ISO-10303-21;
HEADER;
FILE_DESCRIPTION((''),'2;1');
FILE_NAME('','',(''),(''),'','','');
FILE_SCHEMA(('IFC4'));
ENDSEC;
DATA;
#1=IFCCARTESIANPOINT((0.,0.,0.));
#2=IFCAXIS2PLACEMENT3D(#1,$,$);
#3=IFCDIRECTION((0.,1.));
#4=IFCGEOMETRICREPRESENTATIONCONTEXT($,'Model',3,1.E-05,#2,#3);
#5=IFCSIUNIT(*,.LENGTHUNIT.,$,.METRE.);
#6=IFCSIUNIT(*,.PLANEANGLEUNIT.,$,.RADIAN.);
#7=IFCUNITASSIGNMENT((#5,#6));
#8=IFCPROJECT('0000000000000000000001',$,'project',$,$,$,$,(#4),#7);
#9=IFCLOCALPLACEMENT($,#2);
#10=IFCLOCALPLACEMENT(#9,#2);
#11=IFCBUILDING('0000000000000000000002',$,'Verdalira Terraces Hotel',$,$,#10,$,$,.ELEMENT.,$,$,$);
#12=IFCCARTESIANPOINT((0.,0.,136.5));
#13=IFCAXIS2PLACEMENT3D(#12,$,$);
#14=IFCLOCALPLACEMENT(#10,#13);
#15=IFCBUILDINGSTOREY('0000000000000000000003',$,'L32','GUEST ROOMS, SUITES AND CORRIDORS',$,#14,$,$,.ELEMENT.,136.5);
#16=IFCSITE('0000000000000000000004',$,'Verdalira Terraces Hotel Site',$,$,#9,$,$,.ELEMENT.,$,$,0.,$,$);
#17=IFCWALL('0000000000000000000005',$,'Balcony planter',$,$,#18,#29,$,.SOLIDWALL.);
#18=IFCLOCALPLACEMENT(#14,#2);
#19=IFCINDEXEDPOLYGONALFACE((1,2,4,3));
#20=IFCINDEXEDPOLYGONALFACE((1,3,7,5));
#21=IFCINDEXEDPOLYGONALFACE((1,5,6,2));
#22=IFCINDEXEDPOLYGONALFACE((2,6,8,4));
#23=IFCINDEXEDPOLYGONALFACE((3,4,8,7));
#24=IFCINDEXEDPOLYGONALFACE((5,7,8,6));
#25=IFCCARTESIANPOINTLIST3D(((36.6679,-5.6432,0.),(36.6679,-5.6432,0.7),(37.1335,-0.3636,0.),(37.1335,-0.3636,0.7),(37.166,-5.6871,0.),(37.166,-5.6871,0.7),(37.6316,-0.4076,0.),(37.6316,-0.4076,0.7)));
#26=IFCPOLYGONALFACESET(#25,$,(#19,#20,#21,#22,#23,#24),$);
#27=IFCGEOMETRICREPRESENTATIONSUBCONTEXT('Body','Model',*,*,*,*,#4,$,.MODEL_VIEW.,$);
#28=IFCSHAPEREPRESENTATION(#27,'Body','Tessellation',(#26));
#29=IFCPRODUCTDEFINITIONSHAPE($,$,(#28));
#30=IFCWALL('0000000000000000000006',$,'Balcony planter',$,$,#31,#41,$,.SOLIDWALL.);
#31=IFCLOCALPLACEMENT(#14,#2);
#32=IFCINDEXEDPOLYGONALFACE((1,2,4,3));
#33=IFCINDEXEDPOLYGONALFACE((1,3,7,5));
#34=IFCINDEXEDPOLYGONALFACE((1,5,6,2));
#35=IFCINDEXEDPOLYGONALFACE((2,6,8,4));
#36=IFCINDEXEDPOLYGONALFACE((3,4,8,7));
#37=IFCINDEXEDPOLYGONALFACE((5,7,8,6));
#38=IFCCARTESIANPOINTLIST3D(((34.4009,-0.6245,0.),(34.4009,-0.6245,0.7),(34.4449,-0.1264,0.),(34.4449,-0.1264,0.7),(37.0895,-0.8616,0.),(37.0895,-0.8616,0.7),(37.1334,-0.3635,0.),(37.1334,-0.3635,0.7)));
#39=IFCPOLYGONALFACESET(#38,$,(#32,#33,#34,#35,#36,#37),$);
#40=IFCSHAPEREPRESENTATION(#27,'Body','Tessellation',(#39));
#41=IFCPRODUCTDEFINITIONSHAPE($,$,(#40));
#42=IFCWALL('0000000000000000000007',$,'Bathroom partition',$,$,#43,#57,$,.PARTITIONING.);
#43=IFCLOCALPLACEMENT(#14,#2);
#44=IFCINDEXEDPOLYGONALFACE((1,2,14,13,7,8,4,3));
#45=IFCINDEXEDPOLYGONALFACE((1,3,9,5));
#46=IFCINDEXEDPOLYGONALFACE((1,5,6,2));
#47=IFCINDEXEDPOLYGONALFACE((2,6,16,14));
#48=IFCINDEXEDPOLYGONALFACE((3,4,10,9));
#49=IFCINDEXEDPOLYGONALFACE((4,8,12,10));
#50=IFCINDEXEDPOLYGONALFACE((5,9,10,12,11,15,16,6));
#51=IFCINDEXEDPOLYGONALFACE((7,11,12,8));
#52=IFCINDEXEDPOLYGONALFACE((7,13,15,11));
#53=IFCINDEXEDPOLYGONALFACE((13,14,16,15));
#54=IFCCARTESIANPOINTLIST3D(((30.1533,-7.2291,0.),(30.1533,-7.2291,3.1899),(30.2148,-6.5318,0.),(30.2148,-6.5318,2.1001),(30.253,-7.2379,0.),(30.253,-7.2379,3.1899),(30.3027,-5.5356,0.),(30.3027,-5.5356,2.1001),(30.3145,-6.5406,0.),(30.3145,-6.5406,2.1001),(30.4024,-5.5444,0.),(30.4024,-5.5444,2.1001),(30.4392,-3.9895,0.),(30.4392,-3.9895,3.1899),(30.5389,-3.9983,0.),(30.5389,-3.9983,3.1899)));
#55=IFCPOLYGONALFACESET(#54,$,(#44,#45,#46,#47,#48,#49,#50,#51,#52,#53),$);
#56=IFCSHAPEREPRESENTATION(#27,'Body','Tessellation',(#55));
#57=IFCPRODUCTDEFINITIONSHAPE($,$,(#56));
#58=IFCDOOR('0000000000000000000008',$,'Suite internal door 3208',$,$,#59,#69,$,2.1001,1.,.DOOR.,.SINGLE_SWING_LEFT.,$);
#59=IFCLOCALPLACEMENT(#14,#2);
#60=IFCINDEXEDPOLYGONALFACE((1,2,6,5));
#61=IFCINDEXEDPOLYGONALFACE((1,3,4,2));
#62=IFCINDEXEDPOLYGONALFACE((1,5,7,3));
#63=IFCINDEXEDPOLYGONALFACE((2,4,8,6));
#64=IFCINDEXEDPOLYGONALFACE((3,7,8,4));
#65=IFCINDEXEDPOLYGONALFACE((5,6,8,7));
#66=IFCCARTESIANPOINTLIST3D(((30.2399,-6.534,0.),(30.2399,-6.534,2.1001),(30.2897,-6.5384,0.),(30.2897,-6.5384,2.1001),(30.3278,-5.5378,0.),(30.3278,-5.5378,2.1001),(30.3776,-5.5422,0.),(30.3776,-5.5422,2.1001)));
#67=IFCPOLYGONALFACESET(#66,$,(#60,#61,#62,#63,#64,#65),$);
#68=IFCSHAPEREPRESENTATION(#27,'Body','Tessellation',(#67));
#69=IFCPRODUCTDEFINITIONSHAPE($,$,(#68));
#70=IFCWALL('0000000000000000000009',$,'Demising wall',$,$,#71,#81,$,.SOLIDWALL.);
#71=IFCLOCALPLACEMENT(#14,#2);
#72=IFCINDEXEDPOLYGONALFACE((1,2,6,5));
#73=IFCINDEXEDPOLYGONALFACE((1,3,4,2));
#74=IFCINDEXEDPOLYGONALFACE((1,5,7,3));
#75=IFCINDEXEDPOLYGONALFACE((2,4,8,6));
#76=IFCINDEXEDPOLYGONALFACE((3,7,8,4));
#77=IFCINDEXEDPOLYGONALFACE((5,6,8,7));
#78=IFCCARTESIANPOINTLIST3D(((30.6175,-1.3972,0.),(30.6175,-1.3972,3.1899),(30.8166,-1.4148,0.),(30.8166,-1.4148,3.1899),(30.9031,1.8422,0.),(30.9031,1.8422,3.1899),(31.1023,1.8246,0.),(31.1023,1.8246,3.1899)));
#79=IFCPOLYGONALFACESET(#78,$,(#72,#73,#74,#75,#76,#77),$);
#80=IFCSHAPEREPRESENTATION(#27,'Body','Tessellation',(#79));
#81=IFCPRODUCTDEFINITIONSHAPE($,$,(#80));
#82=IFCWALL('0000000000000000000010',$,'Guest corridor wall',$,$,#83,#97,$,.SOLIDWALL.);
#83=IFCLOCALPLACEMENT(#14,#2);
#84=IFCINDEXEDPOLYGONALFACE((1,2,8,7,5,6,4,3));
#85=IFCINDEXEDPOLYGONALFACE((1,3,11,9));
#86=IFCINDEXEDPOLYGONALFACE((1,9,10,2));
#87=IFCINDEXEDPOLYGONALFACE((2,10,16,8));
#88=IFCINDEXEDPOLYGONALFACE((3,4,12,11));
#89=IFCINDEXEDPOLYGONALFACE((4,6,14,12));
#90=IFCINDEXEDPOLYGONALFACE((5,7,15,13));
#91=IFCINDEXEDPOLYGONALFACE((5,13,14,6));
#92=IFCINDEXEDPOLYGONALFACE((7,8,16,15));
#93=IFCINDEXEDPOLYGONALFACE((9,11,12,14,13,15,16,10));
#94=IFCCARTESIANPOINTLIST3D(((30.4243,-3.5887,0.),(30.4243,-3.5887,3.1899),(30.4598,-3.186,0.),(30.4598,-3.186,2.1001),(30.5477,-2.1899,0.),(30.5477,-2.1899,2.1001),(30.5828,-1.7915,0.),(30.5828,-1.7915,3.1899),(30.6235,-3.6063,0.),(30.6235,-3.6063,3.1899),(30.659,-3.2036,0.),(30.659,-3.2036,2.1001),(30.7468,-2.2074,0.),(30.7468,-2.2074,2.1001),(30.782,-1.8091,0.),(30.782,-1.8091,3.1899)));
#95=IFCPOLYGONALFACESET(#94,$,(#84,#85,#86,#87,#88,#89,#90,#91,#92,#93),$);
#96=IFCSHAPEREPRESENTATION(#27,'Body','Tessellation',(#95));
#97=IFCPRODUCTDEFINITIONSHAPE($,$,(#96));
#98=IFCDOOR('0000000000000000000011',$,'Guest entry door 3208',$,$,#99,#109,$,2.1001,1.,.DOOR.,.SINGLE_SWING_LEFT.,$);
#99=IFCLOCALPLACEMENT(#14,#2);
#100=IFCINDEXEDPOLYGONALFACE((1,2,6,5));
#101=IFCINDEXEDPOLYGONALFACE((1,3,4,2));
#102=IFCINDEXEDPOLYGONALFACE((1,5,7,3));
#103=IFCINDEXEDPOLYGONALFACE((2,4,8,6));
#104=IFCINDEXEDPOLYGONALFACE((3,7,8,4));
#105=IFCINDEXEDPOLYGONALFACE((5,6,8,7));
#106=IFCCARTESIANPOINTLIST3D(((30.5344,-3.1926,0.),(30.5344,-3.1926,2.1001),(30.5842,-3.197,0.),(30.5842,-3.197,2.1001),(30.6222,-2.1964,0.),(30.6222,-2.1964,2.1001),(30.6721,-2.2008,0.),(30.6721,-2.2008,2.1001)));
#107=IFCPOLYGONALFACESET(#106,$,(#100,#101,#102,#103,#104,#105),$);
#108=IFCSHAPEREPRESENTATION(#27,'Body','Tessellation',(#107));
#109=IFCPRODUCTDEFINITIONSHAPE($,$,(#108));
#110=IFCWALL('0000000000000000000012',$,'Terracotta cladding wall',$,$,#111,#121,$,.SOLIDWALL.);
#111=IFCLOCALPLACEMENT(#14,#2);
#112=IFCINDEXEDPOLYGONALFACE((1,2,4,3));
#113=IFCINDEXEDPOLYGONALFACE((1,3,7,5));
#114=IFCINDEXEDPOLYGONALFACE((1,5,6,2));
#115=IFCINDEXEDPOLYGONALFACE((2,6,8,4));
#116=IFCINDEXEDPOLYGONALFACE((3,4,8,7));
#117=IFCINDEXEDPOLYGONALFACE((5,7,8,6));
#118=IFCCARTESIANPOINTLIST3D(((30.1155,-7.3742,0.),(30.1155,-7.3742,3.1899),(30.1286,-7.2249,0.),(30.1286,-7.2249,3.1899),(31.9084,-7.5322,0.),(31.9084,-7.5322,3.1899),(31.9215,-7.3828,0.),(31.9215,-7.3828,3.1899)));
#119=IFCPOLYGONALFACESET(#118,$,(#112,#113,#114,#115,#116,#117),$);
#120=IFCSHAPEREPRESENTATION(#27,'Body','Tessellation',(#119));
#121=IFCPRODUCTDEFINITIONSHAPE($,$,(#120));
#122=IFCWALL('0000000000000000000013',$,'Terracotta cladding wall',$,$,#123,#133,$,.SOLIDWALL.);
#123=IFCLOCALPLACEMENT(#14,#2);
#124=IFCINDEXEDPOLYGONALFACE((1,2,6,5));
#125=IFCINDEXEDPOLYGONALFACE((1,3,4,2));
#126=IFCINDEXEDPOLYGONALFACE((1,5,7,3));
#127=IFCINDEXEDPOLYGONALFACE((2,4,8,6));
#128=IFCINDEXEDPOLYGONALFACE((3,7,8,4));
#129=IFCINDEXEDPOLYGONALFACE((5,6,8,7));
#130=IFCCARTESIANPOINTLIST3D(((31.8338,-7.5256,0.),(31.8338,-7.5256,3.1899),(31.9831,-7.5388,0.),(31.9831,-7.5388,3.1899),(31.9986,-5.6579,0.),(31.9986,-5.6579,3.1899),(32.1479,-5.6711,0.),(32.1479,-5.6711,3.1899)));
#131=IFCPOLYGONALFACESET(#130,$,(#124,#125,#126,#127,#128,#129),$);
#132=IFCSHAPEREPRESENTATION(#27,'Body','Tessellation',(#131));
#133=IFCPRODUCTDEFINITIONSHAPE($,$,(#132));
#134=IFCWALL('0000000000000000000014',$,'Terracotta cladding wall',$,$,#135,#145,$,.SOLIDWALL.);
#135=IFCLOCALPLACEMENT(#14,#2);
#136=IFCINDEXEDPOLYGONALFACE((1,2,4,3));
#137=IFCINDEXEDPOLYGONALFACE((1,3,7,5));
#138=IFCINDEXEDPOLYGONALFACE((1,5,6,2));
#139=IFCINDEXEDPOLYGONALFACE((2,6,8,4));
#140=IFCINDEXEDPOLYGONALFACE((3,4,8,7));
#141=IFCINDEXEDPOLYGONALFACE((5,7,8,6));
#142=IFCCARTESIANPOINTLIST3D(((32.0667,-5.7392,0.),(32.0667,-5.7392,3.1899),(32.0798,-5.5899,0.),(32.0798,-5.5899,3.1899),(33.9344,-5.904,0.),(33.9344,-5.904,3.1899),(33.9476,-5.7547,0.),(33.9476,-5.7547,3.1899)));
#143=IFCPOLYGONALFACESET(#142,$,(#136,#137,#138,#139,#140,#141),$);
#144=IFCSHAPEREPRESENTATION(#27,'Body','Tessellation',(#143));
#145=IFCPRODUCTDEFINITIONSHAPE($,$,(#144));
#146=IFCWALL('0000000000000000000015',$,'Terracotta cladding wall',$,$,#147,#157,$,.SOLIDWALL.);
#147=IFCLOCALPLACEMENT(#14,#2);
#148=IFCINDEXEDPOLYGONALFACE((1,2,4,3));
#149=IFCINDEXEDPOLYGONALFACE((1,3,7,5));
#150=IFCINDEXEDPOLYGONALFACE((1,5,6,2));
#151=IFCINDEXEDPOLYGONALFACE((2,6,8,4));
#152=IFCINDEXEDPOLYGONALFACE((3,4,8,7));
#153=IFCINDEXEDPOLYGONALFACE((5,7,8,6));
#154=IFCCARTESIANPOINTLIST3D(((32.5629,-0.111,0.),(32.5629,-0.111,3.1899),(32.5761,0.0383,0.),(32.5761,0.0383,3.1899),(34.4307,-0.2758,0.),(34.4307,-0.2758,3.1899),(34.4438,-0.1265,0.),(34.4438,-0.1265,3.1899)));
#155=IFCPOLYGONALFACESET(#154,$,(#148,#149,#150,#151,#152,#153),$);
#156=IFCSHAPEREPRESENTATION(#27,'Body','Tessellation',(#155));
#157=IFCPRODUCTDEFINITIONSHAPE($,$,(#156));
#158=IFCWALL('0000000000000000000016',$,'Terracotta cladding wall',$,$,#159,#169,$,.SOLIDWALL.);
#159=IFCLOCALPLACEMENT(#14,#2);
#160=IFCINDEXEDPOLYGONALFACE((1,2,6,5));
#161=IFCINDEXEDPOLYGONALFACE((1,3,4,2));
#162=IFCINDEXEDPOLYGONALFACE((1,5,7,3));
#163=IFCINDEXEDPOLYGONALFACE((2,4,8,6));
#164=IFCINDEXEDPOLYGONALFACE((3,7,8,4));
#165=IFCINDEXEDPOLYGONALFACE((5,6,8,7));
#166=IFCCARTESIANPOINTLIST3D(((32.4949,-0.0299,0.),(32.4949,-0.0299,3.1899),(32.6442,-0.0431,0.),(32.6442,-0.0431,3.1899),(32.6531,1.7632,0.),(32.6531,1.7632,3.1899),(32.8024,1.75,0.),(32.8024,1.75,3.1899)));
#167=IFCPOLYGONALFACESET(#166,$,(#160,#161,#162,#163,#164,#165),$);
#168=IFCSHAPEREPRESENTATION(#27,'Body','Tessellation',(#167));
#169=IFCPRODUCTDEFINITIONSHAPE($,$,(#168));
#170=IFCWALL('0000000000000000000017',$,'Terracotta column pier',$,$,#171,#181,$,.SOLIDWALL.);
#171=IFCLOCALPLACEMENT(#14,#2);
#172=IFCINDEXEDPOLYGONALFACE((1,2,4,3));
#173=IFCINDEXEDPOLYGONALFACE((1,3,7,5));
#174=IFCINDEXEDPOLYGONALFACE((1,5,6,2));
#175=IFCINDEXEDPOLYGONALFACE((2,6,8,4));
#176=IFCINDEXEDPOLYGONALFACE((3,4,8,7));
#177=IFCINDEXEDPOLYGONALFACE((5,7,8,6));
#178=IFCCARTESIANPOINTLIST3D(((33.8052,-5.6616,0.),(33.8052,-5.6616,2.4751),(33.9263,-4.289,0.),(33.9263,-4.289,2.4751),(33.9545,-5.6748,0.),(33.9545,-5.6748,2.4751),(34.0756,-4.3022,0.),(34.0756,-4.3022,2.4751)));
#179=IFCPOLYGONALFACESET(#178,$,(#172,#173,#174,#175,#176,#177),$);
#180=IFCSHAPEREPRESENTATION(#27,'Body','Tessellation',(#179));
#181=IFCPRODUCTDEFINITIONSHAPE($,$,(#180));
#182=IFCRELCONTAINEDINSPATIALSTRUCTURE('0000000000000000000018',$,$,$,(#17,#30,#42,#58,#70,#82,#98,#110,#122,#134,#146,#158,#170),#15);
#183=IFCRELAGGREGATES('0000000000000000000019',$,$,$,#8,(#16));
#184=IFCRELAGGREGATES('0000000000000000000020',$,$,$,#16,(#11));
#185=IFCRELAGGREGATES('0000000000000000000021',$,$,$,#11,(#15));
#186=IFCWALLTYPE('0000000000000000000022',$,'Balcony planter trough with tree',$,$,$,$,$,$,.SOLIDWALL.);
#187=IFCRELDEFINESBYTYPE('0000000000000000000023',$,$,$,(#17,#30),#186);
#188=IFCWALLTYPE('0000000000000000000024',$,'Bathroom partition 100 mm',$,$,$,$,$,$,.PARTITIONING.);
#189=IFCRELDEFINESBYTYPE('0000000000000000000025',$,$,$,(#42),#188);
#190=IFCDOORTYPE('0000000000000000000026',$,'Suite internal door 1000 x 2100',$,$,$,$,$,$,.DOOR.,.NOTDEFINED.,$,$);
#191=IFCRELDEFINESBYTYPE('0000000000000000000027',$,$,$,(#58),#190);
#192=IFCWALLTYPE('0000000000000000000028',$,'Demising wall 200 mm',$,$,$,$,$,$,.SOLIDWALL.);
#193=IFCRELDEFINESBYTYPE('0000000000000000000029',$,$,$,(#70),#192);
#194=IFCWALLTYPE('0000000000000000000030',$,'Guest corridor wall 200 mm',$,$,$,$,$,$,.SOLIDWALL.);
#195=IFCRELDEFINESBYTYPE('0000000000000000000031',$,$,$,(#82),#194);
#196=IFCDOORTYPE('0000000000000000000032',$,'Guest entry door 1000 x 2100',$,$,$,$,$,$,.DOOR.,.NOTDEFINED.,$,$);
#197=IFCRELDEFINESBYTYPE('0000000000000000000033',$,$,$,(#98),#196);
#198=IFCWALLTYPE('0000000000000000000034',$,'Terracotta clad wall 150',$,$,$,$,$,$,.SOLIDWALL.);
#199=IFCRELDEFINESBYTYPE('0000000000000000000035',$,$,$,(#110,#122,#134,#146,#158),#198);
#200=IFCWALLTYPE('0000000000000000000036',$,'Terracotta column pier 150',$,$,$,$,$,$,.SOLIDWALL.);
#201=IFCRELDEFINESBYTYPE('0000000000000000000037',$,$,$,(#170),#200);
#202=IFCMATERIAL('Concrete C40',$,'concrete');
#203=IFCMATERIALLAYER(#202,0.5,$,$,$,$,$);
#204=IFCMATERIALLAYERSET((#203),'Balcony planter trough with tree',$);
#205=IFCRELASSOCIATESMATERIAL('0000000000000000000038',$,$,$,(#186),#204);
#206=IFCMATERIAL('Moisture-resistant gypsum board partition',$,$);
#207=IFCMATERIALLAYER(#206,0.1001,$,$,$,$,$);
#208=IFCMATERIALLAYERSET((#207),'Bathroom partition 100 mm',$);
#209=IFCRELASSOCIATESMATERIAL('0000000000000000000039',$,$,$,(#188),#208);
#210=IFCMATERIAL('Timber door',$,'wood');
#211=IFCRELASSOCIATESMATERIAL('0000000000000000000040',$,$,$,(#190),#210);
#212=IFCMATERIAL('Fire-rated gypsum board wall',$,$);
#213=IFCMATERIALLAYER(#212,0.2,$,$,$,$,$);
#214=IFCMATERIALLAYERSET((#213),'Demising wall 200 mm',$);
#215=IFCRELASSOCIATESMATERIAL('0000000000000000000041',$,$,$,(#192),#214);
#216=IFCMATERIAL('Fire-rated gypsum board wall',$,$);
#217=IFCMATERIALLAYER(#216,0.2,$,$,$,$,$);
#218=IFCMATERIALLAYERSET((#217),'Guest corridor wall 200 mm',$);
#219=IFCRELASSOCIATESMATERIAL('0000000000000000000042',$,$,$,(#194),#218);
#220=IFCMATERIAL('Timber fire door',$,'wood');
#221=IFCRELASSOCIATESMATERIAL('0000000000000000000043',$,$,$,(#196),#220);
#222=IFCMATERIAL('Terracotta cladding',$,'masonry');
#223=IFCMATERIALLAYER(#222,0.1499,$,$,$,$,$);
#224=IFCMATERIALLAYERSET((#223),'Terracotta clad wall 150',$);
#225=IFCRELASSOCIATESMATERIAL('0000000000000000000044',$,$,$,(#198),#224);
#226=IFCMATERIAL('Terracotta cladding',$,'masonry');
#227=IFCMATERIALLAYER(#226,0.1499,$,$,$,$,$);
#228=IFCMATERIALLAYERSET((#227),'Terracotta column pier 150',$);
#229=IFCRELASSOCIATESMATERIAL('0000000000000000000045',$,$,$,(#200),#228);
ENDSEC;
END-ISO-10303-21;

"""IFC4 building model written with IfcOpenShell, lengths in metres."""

from ifc_helpers import new_model, si_unit, direction, frame, frame_2d, origin, place, context, subcontext, project, spatial, rectangle, extrude, material, layer, layer_set, type_object, element, fill, save


model = new_model("IFC4")

# Units and contexts
model_context = context("Model", 3, precision=1e-05, world=origin(), true_north=direction((0.0, 1.0)))
body_context = subcontext(model_context, "Body", "Model", "MODEL_VIEW")
ifc_project = project(units=[si_unit("LENGTHUNIT", "METRE"), si_unit("PLANEANGLEUNIT", "RADIAN")], contexts=[model_context])

# Site, building, storey
site_placement = place(None, origin())
site = spatial("IfcSite", under=ifc_project, at=site_placement, Name="Verdalira Terraces Hotel Site", CompositionType="ELEMENT", RefElevation=0.0)
building_placement = place(site_placement, origin())
building = spatial("IfcBuilding", under=site, at=building_placement, Name="Verdalira Terraces Hotel", CompositionType="ELEMENT")
storey_placement = place(building_placement, frame((0.0, 0.0, 136.5)))
storey = spatial("IfcBuildingStorey", under=building, at=storey_placement, Name="L32", Description="GUEST ROOMS, SUITES AND CORRIDORS", CompositionType="ELEMENT", Elevation=136.5)

# Walls
ifc_material_1 = material(Name="Concrete C40", Category="concrete")
ifc_layer_1 = layer(ifc_material_1, 0.5)
ifc_layer_set_1 = layer_set([ifc_layer_1], Name="Balcony planter trough with tree")
wall_type_1 = type_object("IfcWallType", Name="Balcony planter trough with tree", PredefinedType="SOLIDWALL", material=ifc_layer_set_1)
wall_1_placement = place(storey_placement, frame((36.917, -5.665, 0.0), z_axis=(0.0, 0.0, 1.0), x_axis=(0.087844, 0.996134, 0.0)))
element("IfcWall", 1, at=wall_1_placement, inside=storey, type_object=wall_type_1, Name="Balcony planter", PredefinedType="SOLIDWALL", context=body_context, shape_type="SweptSolid", body=[
    extrude(rectangle(XDim=5.3, YDim=0.5, at=frame_2d((2.6499, 0.0))), origin(), (0.0, 0.0, 1.0), 0.7),
])
wall_2_placement = place(storey_placement, frame((37.1116, -0.6125, 0.0), z_axis=(0.0, 0.0, 1.0), x_axis=(-0.996135, 0.087836, 0.0)))
element("IfcWall", 2, at=wall_2_placement, inside=storey, type_object=wall_type_1, Name="Balcony planter", PredefinedType="SOLIDWALL", context=body_context, shape_type="SweptSolid", body=[
    extrude(rectangle(XDim=2.699, YDim=0.5, at=frame_2d((1.3496, 0.0))), origin(), (0.0, 0.0, 1.0), 0.7),
])

# Wall, opening, door
ifc_material_2 = material(Name="Moisture-resistant gypsum board partition")
ifc_layer_2 = layer(ifc_material_2, 0.1001)
ifc_layer_set_2 = layer_set([ifc_layer_2], Name="Bathroom partition 100 mm")
wall_type_2 = type_object("IfcWallType", Name="Bathroom partition 100 mm", PredefinedType="PARTITIONING", material=ifc_layer_set_2)
wall_3_placement = place(storey_placement, frame((30.2031, -7.2334, 0.0), z_axis=(0.0, 0.0, 1.0), x_axis=(0.087909, 0.996128, 0.0)))
wall_3 = element("IfcWall", 3, at=wall_3_placement, inside=storey, type_object=wall_type_2, Name="Bathroom partition", PredefinedType="PARTITIONING", context=body_context, shape_type="SweptSolid", body=[
    extrude(rectangle(XDim=3.2522, YDim=0.1001, at=frame_2d((1.626, 0.0))), origin(), (0.0, 0.0, 1.0), 3.1899),
])
opening_1_placement = place(wall_3_placement, frame((0.7, 0.0, 0.0)))
opening_1 = element("IfcOpeningElement", 4, at=opening_1_placement, cuts=wall_3, PredefinedType="OPENING", context=body_context, shape_type="SweptSolid", body=[
    extrude(rectangle(XDim=1.0, YDim=2.1001, at=frame_2d((0.5, 1.05))), frame((0.0, 0.0601, 0.0), z_axis=(0.0, -1.0, 0.0), x_axis=(1.0, 0.0, 0.0)), (0.0, 0.0, 1.0), 0.1201),
])
ifc_material_3 = material(Name="Timber door", Category="wood")
door_type_1 = type_object("IfcDoorType", Name="Suite internal door 1000 x 2100", OperationType="NOTDEFINED", PredefinedType="DOOR", material=ifc_material_3)
door_1_placement = place(opening_1_placement, origin())
door_1 = element("IfcDoor", 5, at=door_1_placement, inside=storey, type_object=door_type_1, Name="Suite internal door 3208", OperationType="SINGLE_SWING_LEFT", OverallHeight=2.1001, OverallWidth=1.0, PredefinedType="DOOR", context=body_context, shape_type="SweptSolid", body=[
    extrude(rectangle(XDim=1.0, YDim=2.1001, at=frame_2d((0.5, 1.05))), frame((0.0, 0.0249, 0.0), z_axis=(0.0, -1.0, 0.0), x_axis=(1.0, 0.0, 0.0)), (0.0, 0.0, 1.0), 0.05),
])
fill(opening_1, door_1)

# Wall
ifc_material_4 = material(Name="Fire-rated gypsum board wall")
ifc_layer_3 = layer(ifc_material_4, 0.2)
ifc_layer_set_3 = layer_set([ifc_layer_3], Name="Demising wall 200 mm")
wall_type_3 = type_object("IfcWallType", Name="Demising wall 200 mm", PredefinedType="SOLIDWALL", material=ifc_layer_set_3)
wall_4_placement = place(storey_placement, frame((30.717, -1.406, 0.0), z_axis=(0.0, 0.0, 1.0), x_axis=(0.087835, 0.996135, 0.0)))
element("IfcWall", 6, at=wall_4_placement, inside=storey, type_object=wall_type_3, Name="Demising wall", PredefinedType="SOLIDWALL", context=body_context, shape_type="SweptSolid", body=[
    extrude(rectangle(XDim=3.252, YDim=0.2, at=frame_2d((1.626, 0.0))), origin(), (0.0, 0.0, 1.0), 3.1899),
])

# Wall, opening, door
ifc_material_5 = material(Name="Fire-rated gypsum board wall")
ifc_layer_4 = layer(ifc_material_5, 0.2)
ifc_layer_set_4 = layer_set([ifc_layer_4], Name="Guest corridor wall 200 mm")
wall_type_4 = type_object("IfcWallType", Name="Guest corridor wall 200 mm", PredefinedType="SOLIDWALL", material=ifc_layer_set_4)
wall_5_placement = place(storey_placement, frame((30.6824, -1.8003, 0.0), z_axis=(0.0, 0.0, 1.0), x_axis=(-0.087827, -0.996136, 0.0)))
wall_5 = element("IfcWall", 7, at=wall_5_placement, inside=storey, type_object=wall_type_4, Name="Guest corridor wall", PredefinedType="SOLIDWALL", context=body_context, shape_type="SweptSolid", body=[
    extrude(rectangle(XDim=1.8042, YDim=0.2, at=frame_2d((0.9021, 0.0))), origin(), (0.0, 0.0, 1.0), 3.1899),
])
opening_2_placement = place(wall_5_placement, frame((0.3999, 0.0, 0.0)))
opening_2 = element("IfcOpeningElement", 8, at=opening_2_placement, cuts=wall_5, PredefinedType="OPENING", context=body_context, shape_type="SweptSolid", body=[
    extrude(rectangle(XDim=1.0, YDim=2.1001, at=frame_2d((0.5, 1.05))), frame((0.0, 0.1099, 0.0), z_axis=(0.0, -1.0, 0.0), x_axis=(1.0, 0.0, 0.0)), (0.0, 0.0, 1.0), 0.22),
])
ifc_material_6 = material(Name="Timber fire door", Category="wood")
door_type_2 = type_object("IfcDoorType", Name="Guest entry door 1000 x 2100", OperationType="NOTDEFINED", PredefinedType="DOOR", material=ifc_material_6)
door_2_placement = place(opening_2_placement, origin())
door_2 = element("IfcDoor", 9, at=door_2_placement, inside=storey, type_object=door_type_2, Name="Guest entry door 3208", OperationType="SINGLE_SWING_LEFT", OverallHeight=2.1001, OverallWidth=1.0, PredefinedType="DOOR", context=body_context, shape_type="SweptSolid", body=[
    extrude(rectangle(XDim=1.0, YDim=2.1001, at=frame_2d((0.5, 1.05))), frame((0.0, 0.0249, 0.0), z_axis=(0.0, -1.0, 0.0), x_axis=(1.0, 0.0, 0.0)), (0.0, 0.0, 1.0), 0.05),
])
fill(opening_2, door_2)

# Walls
ifc_material_7 = material(Name="Terracotta cladding", Category="masonry")
ifc_layer_5 = layer(ifc_material_7, 0.1499)
ifc_layer_set_5 = layer_set([ifc_layer_5], Name="Terracotta clad wall 150")
wall_type_5 = type_object("IfcWallType", Name="Terracotta clad wall 150", PredefinedType="SOLIDWALL", material=ifc_layer_set_5)
wall_6_placement = place(storey_placement, frame((30.1221, -7.2996, 0.0), z_axis=(0.0, 0.0, 1.0), x_axis=(0.996142, -0.087759, 0.0)))
element("IfcWall", 10, at=wall_6_placement, inside=storey, type_object=wall_type_5, Name="Terracotta cladding wall", PredefinedType="SOLIDWALL", context=body_context, shape_type="SweptSolid", body=[
    extrude(rectangle(XDim=1.7998, YDim=0.1499, at=frame_2d((0.8999, 0.0))), origin(), (0.0, 0.0, 1.0), 3.1899),
])
for number, where, z_axis, x_axis, name in (
    (11, (31.9084, -7.5322, 0.0), (0.0, 0.0, 1.0), (0.087894, 0.99613, 0.0), "Terracotta cladding wall"),
    (12, (32.0732, -5.6646, 0.0), (0.0, 0.0, 1.0), (0.99613, -0.087894, 0.0), "Terracotta cladding wall"),
    (13, (34.4373, -0.2012, 0.0), (0.0, 0.0, 1.0), (-0.99613, 0.087894, 0.0), "Terracotta cladding wall"),
):
    element("IfcWall", number, at=place(storey_placement, frame(where, z_axis=z_axis, x_axis=x_axis)), inside=storey, type_object=wall_type_5, Name=name, PredefinedType="SOLIDWALL", context=body_context, shape_type="SweptSolid", body=[
        extrude(rectangle(XDim=1.875, YDim=0.1499, at=frame_2d((0.9375, 0.0))), origin(), (0.0, 0.0, 1.0), 3.1899),
    ])
wall_7_placement = place(storey_placement, frame((32.5696, -0.0364, 0.0), z_axis=(0.0, 0.0, 1.0), x_axis=(0.087894, 0.99613, 0.0)))
element("IfcWall", 14, at=wall_7_placement, inside=storey, type_object=wall_type_5, Name="Terracotta cladding wall", PredefinedType="SOLIDWALL", context=body_context, shape_type="SweptSolid", body=[
    extrude(rectangle(XDim=1.8, YDim=0.1499, at=frame_2d((0.8999, 0.0))), origin(), (0.0, 0.0, 1.0), 3.1899),
])
ifc_material_8 = material(Name="Terracotta cladding", Category="masonry")
ifc_layer_6 = layer(ifc_material_8, 0.1499)
ifc_layer_set_6 = layer_set([ifc_layer_6], Name="Terracotta column pier 150")
wall_type_6 = type_object("IfcWallType", Name="Terracotta column pier 150", PredefinedType="SOLIDWALL", material=ifc_layer_set_6)
wall_8_placement = place(storey_placement, frame((33.8799, -5.6682, 0.0), z_axis=(0.0, 0.0, 1.0), x_axis=(0.087883, 0.996131, 0.0)))
element("IfcWall", 15, at=wall_8_placement, inside=storey, type_object=wall_type_6, Name="Terracotta column pier", PredefinedType="SOLIDWALL", context=body_context, shape_type="SweptSolid", body=[
    extrude(rectangle(XDim=1.3779, YDim=0.1499, at=frame_2d((0.689, 0.0))), origin(), (0.0, 0.0, 1.0), 2.4751),
])

save(model, "model.ifc")
